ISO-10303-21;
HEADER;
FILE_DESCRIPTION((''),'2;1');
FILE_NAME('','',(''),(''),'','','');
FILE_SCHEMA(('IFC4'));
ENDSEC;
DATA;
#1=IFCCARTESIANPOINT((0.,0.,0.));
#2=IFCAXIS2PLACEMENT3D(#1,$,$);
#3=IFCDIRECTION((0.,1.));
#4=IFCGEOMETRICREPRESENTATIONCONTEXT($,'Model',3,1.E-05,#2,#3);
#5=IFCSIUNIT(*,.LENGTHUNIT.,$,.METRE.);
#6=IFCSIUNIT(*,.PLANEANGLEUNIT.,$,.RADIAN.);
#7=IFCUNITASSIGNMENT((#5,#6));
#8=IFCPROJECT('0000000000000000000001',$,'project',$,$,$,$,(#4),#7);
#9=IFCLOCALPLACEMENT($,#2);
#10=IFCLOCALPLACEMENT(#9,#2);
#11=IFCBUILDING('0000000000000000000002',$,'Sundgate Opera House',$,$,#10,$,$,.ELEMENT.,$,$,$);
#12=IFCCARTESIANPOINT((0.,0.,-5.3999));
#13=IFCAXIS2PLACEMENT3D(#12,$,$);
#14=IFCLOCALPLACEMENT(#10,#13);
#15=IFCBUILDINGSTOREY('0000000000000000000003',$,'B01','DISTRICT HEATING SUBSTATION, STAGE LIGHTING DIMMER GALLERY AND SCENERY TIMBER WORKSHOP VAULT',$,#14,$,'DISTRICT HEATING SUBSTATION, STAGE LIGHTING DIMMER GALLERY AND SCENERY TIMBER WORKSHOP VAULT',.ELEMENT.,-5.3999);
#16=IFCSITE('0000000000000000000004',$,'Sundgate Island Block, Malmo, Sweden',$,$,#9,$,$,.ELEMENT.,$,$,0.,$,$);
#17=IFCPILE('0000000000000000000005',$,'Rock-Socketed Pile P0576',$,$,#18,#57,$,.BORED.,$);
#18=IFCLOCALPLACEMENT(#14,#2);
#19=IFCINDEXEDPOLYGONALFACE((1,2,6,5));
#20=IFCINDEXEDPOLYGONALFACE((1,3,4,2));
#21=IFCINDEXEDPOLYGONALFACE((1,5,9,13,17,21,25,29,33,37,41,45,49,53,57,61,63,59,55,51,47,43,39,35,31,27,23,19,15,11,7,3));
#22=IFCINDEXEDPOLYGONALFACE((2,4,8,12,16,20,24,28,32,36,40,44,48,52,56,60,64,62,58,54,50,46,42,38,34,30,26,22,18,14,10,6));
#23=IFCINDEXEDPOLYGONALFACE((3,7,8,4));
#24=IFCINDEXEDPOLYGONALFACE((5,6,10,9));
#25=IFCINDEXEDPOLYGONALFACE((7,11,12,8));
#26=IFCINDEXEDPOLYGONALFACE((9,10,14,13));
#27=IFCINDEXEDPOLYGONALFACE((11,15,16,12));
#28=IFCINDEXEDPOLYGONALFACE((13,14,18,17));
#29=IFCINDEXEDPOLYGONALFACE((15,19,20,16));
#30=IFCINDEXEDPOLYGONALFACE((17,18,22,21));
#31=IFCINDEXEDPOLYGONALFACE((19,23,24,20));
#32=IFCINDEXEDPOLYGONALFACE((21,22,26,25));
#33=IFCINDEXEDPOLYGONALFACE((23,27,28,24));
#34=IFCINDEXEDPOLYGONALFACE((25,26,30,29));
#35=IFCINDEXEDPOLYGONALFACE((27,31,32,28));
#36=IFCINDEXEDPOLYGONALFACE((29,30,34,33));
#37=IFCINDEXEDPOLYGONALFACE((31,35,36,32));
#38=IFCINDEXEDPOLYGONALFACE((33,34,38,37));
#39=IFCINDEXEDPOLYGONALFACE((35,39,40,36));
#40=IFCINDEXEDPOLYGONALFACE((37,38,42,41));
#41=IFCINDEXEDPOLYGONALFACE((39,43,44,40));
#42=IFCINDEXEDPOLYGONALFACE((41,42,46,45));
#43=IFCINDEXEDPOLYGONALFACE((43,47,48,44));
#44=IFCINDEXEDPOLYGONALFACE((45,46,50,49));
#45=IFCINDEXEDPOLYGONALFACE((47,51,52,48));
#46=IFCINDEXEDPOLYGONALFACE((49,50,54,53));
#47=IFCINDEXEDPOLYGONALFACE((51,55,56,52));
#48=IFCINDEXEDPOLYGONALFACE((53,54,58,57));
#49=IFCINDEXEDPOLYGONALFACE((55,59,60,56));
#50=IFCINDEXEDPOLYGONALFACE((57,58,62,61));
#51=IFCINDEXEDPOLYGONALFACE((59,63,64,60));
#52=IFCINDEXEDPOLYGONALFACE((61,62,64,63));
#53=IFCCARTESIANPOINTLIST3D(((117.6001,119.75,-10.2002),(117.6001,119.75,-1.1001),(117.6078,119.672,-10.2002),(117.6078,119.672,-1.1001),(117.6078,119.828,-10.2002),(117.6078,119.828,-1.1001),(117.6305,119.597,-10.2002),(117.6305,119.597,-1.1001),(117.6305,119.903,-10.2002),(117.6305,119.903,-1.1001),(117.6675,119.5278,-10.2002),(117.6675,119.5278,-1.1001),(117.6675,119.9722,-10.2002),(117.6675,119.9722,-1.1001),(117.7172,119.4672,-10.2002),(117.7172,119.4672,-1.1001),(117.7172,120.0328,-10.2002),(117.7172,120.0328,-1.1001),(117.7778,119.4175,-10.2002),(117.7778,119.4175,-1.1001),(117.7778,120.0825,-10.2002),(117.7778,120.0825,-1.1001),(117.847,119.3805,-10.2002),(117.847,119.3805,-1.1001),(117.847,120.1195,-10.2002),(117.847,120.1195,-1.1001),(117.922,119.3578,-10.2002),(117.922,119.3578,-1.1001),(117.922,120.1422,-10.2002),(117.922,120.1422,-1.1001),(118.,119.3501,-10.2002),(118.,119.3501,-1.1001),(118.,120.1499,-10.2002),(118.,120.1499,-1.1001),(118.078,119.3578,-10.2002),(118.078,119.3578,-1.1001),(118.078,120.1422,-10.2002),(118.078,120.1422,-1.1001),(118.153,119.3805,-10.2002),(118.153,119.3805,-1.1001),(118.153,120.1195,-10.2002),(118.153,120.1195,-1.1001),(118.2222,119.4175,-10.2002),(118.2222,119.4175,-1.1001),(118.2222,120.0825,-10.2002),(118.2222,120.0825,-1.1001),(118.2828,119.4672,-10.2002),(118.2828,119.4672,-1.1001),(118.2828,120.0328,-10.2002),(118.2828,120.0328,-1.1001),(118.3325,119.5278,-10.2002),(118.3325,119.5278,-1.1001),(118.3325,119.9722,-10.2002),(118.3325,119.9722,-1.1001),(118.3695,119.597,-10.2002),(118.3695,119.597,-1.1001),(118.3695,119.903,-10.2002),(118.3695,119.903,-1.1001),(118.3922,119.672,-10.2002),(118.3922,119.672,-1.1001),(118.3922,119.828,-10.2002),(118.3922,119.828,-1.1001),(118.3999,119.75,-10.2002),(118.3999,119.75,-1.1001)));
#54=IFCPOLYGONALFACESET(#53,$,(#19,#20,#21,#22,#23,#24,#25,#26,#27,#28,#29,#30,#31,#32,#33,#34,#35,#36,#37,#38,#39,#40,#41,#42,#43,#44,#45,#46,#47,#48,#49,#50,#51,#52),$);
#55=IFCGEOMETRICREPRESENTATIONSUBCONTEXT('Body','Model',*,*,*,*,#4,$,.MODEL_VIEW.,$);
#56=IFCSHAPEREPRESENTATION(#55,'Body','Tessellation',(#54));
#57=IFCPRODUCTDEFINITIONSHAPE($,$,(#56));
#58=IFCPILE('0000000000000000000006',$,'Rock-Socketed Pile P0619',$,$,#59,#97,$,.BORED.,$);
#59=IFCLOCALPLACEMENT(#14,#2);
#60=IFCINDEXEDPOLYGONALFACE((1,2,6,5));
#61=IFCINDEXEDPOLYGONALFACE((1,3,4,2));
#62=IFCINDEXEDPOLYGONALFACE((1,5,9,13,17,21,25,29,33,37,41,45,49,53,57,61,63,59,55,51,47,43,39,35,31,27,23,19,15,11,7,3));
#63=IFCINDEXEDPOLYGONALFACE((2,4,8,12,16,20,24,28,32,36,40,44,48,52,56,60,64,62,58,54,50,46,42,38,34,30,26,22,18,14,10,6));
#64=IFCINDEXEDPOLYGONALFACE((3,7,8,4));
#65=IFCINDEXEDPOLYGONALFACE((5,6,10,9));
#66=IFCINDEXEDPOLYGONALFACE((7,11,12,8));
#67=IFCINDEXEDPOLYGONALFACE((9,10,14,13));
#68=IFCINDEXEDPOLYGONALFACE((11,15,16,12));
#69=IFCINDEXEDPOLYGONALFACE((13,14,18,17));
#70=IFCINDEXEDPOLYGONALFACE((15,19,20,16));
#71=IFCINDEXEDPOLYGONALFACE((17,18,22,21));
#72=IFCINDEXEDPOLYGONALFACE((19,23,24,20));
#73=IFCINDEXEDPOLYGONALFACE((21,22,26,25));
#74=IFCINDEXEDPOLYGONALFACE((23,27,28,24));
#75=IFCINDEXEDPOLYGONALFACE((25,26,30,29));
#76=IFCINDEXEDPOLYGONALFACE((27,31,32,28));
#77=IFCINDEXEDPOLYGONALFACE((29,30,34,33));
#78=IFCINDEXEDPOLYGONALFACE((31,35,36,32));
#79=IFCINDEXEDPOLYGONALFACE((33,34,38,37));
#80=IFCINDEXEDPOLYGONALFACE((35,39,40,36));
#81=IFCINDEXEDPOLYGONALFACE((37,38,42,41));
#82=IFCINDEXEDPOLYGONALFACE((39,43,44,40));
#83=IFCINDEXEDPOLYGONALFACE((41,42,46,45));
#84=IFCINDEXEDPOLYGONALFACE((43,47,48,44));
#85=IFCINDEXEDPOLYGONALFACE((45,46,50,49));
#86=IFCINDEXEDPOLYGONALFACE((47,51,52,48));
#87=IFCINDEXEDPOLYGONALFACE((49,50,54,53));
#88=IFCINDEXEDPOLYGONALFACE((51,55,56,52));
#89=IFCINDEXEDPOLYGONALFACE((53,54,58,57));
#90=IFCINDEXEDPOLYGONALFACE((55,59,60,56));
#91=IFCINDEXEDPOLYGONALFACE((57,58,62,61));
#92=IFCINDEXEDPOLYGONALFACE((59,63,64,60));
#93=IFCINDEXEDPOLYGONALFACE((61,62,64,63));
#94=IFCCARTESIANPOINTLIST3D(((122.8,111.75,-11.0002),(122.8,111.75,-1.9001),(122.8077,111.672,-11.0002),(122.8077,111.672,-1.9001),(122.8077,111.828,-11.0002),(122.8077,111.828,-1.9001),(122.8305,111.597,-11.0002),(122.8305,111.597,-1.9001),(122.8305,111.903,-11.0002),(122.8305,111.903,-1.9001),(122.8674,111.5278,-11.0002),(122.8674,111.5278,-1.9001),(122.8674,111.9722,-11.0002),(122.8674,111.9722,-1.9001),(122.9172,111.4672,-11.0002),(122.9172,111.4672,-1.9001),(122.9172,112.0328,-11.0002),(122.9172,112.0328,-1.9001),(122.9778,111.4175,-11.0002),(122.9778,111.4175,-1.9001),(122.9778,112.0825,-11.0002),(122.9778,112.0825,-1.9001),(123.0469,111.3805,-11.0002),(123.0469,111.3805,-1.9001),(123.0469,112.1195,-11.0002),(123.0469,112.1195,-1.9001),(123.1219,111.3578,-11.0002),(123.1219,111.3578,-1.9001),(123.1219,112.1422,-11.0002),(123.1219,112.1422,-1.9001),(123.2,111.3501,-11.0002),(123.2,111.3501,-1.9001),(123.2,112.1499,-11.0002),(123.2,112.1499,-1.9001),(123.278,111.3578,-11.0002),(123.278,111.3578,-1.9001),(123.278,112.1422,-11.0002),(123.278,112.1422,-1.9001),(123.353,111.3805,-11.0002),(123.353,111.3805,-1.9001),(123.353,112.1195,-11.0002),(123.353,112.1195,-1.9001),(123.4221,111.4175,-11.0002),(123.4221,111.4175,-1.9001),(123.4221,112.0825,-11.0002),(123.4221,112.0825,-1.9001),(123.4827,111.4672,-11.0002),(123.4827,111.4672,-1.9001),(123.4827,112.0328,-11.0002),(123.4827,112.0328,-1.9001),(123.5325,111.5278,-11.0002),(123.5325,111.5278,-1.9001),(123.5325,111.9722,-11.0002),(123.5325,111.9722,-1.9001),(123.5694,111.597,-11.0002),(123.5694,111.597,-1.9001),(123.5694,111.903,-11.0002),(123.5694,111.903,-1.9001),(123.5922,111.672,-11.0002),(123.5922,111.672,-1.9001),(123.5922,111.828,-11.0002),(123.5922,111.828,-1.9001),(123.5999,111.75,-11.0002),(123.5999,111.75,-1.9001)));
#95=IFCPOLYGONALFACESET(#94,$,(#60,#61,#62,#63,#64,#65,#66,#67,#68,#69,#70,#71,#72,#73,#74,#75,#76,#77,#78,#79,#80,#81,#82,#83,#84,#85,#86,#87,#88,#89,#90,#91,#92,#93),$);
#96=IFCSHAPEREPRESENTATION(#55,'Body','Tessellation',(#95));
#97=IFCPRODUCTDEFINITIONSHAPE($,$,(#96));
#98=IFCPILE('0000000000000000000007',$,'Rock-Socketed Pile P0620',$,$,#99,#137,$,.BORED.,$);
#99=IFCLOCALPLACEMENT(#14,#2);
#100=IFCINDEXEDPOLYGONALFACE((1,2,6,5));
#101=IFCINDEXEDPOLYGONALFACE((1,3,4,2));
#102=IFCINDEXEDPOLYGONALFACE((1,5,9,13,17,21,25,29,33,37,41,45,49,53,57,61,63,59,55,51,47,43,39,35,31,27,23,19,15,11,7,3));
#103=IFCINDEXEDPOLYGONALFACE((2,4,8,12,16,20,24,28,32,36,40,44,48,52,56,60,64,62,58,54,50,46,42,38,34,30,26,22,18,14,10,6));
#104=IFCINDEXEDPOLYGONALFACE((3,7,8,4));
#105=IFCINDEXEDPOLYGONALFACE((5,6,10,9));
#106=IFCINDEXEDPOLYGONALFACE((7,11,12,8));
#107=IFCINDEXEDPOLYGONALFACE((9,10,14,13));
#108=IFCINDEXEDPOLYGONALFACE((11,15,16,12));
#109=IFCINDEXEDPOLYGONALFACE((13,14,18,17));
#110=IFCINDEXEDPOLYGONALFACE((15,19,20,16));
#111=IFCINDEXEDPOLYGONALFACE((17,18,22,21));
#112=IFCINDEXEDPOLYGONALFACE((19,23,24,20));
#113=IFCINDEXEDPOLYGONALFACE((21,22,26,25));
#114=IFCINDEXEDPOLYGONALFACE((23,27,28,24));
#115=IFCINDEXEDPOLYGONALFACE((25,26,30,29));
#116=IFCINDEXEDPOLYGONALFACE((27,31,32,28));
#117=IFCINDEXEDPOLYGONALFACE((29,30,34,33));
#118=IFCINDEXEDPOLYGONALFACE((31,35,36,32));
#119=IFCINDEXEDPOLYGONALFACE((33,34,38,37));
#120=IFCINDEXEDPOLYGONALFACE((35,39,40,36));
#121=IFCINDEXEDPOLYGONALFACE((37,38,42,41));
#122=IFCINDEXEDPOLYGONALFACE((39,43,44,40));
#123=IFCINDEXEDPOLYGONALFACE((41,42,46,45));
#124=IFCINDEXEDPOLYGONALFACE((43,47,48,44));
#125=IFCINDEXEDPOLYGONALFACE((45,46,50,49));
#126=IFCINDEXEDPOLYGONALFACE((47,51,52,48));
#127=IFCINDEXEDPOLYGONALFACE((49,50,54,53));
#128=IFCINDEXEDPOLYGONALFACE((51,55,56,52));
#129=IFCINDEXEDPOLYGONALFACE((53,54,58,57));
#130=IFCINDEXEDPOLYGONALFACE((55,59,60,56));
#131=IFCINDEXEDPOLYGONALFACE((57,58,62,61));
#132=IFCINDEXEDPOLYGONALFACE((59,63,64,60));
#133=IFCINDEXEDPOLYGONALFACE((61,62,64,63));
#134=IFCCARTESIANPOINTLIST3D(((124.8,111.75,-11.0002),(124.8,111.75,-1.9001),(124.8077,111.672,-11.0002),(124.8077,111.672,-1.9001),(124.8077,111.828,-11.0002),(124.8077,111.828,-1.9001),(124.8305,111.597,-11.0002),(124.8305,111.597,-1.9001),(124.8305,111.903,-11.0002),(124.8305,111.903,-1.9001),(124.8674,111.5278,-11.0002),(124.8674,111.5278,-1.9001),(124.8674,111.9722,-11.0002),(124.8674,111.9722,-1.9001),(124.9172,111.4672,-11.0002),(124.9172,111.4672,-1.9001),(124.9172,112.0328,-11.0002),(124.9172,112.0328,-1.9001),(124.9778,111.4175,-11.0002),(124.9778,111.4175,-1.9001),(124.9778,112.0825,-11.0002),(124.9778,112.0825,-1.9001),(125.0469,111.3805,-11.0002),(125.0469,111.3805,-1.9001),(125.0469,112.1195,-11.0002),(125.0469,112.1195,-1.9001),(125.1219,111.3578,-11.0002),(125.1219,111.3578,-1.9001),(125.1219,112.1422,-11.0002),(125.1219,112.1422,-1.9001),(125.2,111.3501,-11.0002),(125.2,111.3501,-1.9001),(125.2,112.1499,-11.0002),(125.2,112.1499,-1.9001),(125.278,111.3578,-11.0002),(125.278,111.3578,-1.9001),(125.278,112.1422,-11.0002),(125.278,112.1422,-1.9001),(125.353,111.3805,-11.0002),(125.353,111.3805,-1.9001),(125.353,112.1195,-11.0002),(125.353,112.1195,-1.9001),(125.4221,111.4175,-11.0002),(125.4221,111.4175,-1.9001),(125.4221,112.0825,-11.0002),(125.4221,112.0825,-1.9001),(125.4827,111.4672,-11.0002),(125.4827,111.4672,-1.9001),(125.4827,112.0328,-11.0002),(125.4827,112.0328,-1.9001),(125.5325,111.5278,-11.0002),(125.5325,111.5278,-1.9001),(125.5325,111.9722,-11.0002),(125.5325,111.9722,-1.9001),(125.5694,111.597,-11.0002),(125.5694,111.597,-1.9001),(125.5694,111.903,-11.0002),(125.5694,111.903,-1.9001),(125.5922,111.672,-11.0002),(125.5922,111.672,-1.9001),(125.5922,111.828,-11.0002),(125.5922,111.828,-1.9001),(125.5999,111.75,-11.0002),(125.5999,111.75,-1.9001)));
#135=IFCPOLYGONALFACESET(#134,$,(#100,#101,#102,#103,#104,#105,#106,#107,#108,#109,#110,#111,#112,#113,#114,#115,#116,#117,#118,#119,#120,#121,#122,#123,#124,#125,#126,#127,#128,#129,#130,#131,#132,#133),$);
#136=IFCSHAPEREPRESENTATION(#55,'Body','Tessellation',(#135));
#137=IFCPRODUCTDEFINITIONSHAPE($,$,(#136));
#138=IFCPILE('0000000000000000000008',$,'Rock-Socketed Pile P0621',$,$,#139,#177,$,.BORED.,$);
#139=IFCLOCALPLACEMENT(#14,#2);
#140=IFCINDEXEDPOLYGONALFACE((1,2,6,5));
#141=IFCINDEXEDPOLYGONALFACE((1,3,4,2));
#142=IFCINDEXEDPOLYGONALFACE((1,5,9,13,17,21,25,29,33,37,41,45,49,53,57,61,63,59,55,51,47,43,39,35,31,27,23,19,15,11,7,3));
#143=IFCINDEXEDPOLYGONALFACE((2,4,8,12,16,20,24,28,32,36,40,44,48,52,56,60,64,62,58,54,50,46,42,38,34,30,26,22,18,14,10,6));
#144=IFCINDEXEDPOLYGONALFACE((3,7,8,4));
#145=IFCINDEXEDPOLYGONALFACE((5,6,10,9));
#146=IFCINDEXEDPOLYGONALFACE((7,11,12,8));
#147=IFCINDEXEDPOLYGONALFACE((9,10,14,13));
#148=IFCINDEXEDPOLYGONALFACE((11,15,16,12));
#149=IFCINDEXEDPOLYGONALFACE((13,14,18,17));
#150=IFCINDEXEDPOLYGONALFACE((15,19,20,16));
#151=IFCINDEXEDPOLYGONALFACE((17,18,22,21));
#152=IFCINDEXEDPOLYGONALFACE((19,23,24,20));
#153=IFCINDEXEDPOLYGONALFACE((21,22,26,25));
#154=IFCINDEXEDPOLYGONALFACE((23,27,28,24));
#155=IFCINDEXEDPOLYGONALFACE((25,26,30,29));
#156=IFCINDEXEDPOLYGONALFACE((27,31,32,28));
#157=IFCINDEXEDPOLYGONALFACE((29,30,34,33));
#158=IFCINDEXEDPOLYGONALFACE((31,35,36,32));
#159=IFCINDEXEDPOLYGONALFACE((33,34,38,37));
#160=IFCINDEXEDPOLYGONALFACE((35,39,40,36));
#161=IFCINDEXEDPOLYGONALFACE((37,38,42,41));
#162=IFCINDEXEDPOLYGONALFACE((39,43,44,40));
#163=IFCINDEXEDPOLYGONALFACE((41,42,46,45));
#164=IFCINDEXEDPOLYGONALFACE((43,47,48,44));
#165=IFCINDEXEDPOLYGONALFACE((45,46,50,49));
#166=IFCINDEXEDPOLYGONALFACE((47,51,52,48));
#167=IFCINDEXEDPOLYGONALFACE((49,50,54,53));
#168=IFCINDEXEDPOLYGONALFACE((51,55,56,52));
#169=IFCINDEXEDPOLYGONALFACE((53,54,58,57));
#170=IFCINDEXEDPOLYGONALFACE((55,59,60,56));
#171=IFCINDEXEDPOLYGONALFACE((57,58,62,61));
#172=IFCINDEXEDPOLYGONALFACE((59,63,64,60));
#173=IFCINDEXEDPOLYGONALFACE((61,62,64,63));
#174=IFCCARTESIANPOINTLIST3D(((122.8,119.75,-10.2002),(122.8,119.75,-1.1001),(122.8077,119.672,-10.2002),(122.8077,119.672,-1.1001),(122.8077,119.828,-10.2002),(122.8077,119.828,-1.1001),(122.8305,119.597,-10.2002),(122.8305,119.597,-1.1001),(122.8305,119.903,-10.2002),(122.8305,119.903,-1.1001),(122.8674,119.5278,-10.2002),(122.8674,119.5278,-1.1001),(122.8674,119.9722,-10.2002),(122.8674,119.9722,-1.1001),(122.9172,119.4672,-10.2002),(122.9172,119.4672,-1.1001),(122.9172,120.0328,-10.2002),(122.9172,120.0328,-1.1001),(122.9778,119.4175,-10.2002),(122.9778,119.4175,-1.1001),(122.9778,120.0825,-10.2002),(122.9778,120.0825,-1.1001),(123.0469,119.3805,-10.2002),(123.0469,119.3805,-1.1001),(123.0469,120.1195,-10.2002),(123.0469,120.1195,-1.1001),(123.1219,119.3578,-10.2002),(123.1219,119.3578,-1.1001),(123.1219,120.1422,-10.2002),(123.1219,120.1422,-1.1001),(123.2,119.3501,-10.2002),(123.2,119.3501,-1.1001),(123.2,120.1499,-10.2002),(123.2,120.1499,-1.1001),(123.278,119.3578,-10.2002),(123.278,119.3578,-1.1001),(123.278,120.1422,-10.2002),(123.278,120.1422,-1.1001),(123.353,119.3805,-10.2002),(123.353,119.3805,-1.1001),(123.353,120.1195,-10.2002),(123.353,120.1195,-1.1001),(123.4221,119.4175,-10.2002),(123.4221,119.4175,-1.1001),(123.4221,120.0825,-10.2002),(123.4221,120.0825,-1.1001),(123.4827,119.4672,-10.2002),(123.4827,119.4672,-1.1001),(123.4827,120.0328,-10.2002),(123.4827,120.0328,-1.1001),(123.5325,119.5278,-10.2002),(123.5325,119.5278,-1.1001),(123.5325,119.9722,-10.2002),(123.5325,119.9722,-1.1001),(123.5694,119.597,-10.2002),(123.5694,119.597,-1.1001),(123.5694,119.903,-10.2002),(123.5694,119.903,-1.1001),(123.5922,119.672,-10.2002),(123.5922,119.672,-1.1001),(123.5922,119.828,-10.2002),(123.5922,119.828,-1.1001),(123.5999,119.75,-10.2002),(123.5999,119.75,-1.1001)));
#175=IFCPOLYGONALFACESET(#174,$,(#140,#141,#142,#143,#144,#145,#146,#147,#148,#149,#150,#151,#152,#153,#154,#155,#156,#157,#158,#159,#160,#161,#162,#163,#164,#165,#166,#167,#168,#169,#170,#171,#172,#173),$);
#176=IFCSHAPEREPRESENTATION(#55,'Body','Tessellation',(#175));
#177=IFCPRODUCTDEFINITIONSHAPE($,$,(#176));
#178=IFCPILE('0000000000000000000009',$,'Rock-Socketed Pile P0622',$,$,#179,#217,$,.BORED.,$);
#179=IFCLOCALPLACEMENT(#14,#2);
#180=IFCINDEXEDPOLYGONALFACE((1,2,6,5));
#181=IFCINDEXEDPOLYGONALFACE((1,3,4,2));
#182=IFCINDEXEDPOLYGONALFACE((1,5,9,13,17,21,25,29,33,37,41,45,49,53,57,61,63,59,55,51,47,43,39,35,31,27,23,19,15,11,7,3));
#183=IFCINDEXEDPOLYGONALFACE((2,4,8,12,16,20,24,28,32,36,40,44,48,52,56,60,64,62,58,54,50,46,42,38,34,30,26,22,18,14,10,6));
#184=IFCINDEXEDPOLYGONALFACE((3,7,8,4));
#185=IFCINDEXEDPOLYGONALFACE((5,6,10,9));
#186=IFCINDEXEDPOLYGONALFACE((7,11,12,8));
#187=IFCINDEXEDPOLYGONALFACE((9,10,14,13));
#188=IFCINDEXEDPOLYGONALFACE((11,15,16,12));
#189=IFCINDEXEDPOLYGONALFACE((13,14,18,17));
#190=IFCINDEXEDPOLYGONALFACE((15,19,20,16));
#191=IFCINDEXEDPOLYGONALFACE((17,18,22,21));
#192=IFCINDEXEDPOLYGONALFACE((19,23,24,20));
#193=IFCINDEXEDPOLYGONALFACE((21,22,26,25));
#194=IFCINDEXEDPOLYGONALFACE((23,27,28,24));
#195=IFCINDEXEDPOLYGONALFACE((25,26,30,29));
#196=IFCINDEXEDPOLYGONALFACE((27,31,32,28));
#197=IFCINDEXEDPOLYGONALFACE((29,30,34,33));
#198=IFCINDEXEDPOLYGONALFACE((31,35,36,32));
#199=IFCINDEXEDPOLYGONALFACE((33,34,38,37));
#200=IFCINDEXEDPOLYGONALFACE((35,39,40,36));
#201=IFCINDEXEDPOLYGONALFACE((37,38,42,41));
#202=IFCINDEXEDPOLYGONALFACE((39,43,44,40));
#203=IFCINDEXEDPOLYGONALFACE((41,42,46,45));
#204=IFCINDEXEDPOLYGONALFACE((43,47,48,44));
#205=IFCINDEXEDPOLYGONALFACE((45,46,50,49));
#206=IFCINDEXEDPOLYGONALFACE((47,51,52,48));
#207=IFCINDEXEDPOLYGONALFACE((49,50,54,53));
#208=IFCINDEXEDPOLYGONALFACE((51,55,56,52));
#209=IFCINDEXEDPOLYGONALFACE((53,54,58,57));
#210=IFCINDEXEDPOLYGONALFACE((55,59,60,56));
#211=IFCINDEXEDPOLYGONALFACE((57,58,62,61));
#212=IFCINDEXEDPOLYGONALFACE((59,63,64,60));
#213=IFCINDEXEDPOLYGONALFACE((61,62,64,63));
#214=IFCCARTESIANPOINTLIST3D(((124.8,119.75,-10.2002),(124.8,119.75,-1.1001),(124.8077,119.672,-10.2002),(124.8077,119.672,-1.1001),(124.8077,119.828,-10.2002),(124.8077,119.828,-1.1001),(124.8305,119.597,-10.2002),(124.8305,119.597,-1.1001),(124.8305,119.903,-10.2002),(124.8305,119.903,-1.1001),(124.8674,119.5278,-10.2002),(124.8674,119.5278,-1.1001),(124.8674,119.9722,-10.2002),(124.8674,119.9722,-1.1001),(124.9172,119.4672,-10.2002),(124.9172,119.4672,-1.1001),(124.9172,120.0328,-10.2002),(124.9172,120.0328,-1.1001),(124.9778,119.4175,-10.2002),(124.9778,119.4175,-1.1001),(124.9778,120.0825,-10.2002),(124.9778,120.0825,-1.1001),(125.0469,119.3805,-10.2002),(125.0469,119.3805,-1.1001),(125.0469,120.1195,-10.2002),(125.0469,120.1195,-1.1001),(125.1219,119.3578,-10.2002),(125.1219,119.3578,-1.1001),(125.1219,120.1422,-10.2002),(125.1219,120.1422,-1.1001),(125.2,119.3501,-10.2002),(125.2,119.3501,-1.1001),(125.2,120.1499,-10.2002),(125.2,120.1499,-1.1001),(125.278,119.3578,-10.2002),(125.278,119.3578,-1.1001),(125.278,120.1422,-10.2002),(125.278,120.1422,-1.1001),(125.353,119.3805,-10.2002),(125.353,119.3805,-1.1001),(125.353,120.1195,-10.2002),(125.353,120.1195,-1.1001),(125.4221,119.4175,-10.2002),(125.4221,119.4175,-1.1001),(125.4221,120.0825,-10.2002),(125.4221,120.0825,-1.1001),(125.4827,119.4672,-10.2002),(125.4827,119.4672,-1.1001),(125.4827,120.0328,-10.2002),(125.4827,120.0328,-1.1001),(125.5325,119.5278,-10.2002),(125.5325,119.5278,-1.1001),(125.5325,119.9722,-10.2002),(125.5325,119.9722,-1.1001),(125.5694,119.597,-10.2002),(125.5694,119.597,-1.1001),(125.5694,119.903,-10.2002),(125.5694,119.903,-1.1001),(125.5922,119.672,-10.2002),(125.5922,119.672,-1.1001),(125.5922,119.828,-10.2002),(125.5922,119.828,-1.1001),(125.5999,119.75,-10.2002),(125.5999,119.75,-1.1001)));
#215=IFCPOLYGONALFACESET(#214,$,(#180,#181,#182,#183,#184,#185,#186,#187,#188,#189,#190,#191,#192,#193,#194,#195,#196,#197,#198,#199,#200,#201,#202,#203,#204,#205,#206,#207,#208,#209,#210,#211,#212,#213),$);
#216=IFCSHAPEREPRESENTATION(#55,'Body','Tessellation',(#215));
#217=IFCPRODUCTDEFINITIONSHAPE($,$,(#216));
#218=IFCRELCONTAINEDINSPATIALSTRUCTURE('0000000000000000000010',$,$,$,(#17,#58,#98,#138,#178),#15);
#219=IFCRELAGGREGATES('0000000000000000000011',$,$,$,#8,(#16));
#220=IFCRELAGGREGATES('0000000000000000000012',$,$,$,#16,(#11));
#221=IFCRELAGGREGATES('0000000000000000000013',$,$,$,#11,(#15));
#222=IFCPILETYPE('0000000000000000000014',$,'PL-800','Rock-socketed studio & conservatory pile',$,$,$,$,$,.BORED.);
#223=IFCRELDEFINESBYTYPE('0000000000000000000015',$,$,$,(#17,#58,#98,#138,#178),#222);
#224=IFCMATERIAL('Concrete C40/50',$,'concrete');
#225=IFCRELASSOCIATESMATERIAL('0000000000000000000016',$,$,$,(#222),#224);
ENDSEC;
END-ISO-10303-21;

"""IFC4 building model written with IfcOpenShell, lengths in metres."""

from ifc_helpers import new_model, si_unit, direction, frame, origin, origin_2d, place, context, subcontext, project, spatial, circle, extrude, material, material_profile, profile_set, type_object, element, save


model = new_model("IFC4")

# Units and contexts
model_context = context("Model", 3, precision=1e-05, world=origin(), true_north=direction((0.0, 1.0)))
body_context = subcontext(model_context, "Body", "Model", "MODEL_VIEW")
ifc_project = project(units=[si_unit("LENGTHUNIT", "METRE"), si_unit("PLANEANGLEUNIT", "RADIAN")], contexts=[model_context])

# Site, building, storey
site_placement = place(None, origin())
site = spatial("IfcSite", under=ifc_project, at=site_placement, Name="Sundgate Island Block, Malmo, Sweden", CompositionType="ELEMENT", RefElevation=0.0)
building_placement = place(site_placement, origin())
building = spatial("IfcBuilding", under=site, at=building_placement, Name="Sundgate Opera House", CompositionType="ELEMENT")
storey_placement = place(building_placement, frame((0.0, 0.0, -5.3999)))
storey = spatial("IfcBuildingStorey", under=building, at=storey_placement, Name="B01", Description="DISTRICT HEATING SUBSTATION, STAGE LIGHTING DIMMER GALLERY AND SCENERY TIMBER WORKSHOP VAULT", LongName="DISTRICT HEATING SUBSTATION, STAGE LIGHTING DIMMER GALLERY AND SCENERY TIMBER WORKSHOP VAULT", CompositionType="ELEMENT", Elevation=-5.3999)

# Piles
ifc_material_1 = material(Name="Concrete C40/50", Category="concrete")
ifc_material_profile_1 = material_profile(ifc_material_1, circle(Radius=0.3999, at=origin_2d()), Name="PILE D800")
ifc_profile_set_1 = profile_set([ifc_material_profile_1], Name="Concrete C40/50")
pile_type = type_object("IfcPileType", Name="PL-800", Description="Rock-socketed studio & conservatory pile", PredefinedType="BORED", material=ifc_profile_set_1)
for number, where, z_axis, x_axis, name in (
    (1, (118.0, 119.75, -1.1001), (0.0, 0.0, -1.0), (1.0, 0.0, 0.0), "Rock-Socketed Pile P0576"),
    (2, (123.2, 111.75, -1.9001), (0.0, 0.0, -1.0), (1.0, 0.0, 0.0), "Rock-Socketed Pile P0619"),
    (3, (125.2, 111.75, -1.9001), (0.0, 0.0, -1.0), (1.0, 0.0, 0.0), "Rock-Socketed Pile P0620"),
    (4, (123.2, 119.75, -1.1001), (0.0, 0.0, -1.0), (1.0, 0.0, 0.0), "Rock-Socketed Pile P0621"),
    (5, (125.2, 119.75, -1.1001), (0.0, 0.0, -1.0), (1.0, 0.0, 0.0), "Rock-Socketed Pile P0622"),
):
    element("IfcPile", number, at=place(storey_placement, frame(where, z_axis=z_axis, x_axis=x_axis)), inside=storey, type_object=pile_type, Name=name, PredefinedType="BORED", context=body_context, shape_type="SweptSolid", body=[
        extrude(circle(Radius=0.3999, at=origin_2d()), origin(), (0.0, 0.0, 1.0), 9.1001),
    ])

save(model, "model.ifc")
